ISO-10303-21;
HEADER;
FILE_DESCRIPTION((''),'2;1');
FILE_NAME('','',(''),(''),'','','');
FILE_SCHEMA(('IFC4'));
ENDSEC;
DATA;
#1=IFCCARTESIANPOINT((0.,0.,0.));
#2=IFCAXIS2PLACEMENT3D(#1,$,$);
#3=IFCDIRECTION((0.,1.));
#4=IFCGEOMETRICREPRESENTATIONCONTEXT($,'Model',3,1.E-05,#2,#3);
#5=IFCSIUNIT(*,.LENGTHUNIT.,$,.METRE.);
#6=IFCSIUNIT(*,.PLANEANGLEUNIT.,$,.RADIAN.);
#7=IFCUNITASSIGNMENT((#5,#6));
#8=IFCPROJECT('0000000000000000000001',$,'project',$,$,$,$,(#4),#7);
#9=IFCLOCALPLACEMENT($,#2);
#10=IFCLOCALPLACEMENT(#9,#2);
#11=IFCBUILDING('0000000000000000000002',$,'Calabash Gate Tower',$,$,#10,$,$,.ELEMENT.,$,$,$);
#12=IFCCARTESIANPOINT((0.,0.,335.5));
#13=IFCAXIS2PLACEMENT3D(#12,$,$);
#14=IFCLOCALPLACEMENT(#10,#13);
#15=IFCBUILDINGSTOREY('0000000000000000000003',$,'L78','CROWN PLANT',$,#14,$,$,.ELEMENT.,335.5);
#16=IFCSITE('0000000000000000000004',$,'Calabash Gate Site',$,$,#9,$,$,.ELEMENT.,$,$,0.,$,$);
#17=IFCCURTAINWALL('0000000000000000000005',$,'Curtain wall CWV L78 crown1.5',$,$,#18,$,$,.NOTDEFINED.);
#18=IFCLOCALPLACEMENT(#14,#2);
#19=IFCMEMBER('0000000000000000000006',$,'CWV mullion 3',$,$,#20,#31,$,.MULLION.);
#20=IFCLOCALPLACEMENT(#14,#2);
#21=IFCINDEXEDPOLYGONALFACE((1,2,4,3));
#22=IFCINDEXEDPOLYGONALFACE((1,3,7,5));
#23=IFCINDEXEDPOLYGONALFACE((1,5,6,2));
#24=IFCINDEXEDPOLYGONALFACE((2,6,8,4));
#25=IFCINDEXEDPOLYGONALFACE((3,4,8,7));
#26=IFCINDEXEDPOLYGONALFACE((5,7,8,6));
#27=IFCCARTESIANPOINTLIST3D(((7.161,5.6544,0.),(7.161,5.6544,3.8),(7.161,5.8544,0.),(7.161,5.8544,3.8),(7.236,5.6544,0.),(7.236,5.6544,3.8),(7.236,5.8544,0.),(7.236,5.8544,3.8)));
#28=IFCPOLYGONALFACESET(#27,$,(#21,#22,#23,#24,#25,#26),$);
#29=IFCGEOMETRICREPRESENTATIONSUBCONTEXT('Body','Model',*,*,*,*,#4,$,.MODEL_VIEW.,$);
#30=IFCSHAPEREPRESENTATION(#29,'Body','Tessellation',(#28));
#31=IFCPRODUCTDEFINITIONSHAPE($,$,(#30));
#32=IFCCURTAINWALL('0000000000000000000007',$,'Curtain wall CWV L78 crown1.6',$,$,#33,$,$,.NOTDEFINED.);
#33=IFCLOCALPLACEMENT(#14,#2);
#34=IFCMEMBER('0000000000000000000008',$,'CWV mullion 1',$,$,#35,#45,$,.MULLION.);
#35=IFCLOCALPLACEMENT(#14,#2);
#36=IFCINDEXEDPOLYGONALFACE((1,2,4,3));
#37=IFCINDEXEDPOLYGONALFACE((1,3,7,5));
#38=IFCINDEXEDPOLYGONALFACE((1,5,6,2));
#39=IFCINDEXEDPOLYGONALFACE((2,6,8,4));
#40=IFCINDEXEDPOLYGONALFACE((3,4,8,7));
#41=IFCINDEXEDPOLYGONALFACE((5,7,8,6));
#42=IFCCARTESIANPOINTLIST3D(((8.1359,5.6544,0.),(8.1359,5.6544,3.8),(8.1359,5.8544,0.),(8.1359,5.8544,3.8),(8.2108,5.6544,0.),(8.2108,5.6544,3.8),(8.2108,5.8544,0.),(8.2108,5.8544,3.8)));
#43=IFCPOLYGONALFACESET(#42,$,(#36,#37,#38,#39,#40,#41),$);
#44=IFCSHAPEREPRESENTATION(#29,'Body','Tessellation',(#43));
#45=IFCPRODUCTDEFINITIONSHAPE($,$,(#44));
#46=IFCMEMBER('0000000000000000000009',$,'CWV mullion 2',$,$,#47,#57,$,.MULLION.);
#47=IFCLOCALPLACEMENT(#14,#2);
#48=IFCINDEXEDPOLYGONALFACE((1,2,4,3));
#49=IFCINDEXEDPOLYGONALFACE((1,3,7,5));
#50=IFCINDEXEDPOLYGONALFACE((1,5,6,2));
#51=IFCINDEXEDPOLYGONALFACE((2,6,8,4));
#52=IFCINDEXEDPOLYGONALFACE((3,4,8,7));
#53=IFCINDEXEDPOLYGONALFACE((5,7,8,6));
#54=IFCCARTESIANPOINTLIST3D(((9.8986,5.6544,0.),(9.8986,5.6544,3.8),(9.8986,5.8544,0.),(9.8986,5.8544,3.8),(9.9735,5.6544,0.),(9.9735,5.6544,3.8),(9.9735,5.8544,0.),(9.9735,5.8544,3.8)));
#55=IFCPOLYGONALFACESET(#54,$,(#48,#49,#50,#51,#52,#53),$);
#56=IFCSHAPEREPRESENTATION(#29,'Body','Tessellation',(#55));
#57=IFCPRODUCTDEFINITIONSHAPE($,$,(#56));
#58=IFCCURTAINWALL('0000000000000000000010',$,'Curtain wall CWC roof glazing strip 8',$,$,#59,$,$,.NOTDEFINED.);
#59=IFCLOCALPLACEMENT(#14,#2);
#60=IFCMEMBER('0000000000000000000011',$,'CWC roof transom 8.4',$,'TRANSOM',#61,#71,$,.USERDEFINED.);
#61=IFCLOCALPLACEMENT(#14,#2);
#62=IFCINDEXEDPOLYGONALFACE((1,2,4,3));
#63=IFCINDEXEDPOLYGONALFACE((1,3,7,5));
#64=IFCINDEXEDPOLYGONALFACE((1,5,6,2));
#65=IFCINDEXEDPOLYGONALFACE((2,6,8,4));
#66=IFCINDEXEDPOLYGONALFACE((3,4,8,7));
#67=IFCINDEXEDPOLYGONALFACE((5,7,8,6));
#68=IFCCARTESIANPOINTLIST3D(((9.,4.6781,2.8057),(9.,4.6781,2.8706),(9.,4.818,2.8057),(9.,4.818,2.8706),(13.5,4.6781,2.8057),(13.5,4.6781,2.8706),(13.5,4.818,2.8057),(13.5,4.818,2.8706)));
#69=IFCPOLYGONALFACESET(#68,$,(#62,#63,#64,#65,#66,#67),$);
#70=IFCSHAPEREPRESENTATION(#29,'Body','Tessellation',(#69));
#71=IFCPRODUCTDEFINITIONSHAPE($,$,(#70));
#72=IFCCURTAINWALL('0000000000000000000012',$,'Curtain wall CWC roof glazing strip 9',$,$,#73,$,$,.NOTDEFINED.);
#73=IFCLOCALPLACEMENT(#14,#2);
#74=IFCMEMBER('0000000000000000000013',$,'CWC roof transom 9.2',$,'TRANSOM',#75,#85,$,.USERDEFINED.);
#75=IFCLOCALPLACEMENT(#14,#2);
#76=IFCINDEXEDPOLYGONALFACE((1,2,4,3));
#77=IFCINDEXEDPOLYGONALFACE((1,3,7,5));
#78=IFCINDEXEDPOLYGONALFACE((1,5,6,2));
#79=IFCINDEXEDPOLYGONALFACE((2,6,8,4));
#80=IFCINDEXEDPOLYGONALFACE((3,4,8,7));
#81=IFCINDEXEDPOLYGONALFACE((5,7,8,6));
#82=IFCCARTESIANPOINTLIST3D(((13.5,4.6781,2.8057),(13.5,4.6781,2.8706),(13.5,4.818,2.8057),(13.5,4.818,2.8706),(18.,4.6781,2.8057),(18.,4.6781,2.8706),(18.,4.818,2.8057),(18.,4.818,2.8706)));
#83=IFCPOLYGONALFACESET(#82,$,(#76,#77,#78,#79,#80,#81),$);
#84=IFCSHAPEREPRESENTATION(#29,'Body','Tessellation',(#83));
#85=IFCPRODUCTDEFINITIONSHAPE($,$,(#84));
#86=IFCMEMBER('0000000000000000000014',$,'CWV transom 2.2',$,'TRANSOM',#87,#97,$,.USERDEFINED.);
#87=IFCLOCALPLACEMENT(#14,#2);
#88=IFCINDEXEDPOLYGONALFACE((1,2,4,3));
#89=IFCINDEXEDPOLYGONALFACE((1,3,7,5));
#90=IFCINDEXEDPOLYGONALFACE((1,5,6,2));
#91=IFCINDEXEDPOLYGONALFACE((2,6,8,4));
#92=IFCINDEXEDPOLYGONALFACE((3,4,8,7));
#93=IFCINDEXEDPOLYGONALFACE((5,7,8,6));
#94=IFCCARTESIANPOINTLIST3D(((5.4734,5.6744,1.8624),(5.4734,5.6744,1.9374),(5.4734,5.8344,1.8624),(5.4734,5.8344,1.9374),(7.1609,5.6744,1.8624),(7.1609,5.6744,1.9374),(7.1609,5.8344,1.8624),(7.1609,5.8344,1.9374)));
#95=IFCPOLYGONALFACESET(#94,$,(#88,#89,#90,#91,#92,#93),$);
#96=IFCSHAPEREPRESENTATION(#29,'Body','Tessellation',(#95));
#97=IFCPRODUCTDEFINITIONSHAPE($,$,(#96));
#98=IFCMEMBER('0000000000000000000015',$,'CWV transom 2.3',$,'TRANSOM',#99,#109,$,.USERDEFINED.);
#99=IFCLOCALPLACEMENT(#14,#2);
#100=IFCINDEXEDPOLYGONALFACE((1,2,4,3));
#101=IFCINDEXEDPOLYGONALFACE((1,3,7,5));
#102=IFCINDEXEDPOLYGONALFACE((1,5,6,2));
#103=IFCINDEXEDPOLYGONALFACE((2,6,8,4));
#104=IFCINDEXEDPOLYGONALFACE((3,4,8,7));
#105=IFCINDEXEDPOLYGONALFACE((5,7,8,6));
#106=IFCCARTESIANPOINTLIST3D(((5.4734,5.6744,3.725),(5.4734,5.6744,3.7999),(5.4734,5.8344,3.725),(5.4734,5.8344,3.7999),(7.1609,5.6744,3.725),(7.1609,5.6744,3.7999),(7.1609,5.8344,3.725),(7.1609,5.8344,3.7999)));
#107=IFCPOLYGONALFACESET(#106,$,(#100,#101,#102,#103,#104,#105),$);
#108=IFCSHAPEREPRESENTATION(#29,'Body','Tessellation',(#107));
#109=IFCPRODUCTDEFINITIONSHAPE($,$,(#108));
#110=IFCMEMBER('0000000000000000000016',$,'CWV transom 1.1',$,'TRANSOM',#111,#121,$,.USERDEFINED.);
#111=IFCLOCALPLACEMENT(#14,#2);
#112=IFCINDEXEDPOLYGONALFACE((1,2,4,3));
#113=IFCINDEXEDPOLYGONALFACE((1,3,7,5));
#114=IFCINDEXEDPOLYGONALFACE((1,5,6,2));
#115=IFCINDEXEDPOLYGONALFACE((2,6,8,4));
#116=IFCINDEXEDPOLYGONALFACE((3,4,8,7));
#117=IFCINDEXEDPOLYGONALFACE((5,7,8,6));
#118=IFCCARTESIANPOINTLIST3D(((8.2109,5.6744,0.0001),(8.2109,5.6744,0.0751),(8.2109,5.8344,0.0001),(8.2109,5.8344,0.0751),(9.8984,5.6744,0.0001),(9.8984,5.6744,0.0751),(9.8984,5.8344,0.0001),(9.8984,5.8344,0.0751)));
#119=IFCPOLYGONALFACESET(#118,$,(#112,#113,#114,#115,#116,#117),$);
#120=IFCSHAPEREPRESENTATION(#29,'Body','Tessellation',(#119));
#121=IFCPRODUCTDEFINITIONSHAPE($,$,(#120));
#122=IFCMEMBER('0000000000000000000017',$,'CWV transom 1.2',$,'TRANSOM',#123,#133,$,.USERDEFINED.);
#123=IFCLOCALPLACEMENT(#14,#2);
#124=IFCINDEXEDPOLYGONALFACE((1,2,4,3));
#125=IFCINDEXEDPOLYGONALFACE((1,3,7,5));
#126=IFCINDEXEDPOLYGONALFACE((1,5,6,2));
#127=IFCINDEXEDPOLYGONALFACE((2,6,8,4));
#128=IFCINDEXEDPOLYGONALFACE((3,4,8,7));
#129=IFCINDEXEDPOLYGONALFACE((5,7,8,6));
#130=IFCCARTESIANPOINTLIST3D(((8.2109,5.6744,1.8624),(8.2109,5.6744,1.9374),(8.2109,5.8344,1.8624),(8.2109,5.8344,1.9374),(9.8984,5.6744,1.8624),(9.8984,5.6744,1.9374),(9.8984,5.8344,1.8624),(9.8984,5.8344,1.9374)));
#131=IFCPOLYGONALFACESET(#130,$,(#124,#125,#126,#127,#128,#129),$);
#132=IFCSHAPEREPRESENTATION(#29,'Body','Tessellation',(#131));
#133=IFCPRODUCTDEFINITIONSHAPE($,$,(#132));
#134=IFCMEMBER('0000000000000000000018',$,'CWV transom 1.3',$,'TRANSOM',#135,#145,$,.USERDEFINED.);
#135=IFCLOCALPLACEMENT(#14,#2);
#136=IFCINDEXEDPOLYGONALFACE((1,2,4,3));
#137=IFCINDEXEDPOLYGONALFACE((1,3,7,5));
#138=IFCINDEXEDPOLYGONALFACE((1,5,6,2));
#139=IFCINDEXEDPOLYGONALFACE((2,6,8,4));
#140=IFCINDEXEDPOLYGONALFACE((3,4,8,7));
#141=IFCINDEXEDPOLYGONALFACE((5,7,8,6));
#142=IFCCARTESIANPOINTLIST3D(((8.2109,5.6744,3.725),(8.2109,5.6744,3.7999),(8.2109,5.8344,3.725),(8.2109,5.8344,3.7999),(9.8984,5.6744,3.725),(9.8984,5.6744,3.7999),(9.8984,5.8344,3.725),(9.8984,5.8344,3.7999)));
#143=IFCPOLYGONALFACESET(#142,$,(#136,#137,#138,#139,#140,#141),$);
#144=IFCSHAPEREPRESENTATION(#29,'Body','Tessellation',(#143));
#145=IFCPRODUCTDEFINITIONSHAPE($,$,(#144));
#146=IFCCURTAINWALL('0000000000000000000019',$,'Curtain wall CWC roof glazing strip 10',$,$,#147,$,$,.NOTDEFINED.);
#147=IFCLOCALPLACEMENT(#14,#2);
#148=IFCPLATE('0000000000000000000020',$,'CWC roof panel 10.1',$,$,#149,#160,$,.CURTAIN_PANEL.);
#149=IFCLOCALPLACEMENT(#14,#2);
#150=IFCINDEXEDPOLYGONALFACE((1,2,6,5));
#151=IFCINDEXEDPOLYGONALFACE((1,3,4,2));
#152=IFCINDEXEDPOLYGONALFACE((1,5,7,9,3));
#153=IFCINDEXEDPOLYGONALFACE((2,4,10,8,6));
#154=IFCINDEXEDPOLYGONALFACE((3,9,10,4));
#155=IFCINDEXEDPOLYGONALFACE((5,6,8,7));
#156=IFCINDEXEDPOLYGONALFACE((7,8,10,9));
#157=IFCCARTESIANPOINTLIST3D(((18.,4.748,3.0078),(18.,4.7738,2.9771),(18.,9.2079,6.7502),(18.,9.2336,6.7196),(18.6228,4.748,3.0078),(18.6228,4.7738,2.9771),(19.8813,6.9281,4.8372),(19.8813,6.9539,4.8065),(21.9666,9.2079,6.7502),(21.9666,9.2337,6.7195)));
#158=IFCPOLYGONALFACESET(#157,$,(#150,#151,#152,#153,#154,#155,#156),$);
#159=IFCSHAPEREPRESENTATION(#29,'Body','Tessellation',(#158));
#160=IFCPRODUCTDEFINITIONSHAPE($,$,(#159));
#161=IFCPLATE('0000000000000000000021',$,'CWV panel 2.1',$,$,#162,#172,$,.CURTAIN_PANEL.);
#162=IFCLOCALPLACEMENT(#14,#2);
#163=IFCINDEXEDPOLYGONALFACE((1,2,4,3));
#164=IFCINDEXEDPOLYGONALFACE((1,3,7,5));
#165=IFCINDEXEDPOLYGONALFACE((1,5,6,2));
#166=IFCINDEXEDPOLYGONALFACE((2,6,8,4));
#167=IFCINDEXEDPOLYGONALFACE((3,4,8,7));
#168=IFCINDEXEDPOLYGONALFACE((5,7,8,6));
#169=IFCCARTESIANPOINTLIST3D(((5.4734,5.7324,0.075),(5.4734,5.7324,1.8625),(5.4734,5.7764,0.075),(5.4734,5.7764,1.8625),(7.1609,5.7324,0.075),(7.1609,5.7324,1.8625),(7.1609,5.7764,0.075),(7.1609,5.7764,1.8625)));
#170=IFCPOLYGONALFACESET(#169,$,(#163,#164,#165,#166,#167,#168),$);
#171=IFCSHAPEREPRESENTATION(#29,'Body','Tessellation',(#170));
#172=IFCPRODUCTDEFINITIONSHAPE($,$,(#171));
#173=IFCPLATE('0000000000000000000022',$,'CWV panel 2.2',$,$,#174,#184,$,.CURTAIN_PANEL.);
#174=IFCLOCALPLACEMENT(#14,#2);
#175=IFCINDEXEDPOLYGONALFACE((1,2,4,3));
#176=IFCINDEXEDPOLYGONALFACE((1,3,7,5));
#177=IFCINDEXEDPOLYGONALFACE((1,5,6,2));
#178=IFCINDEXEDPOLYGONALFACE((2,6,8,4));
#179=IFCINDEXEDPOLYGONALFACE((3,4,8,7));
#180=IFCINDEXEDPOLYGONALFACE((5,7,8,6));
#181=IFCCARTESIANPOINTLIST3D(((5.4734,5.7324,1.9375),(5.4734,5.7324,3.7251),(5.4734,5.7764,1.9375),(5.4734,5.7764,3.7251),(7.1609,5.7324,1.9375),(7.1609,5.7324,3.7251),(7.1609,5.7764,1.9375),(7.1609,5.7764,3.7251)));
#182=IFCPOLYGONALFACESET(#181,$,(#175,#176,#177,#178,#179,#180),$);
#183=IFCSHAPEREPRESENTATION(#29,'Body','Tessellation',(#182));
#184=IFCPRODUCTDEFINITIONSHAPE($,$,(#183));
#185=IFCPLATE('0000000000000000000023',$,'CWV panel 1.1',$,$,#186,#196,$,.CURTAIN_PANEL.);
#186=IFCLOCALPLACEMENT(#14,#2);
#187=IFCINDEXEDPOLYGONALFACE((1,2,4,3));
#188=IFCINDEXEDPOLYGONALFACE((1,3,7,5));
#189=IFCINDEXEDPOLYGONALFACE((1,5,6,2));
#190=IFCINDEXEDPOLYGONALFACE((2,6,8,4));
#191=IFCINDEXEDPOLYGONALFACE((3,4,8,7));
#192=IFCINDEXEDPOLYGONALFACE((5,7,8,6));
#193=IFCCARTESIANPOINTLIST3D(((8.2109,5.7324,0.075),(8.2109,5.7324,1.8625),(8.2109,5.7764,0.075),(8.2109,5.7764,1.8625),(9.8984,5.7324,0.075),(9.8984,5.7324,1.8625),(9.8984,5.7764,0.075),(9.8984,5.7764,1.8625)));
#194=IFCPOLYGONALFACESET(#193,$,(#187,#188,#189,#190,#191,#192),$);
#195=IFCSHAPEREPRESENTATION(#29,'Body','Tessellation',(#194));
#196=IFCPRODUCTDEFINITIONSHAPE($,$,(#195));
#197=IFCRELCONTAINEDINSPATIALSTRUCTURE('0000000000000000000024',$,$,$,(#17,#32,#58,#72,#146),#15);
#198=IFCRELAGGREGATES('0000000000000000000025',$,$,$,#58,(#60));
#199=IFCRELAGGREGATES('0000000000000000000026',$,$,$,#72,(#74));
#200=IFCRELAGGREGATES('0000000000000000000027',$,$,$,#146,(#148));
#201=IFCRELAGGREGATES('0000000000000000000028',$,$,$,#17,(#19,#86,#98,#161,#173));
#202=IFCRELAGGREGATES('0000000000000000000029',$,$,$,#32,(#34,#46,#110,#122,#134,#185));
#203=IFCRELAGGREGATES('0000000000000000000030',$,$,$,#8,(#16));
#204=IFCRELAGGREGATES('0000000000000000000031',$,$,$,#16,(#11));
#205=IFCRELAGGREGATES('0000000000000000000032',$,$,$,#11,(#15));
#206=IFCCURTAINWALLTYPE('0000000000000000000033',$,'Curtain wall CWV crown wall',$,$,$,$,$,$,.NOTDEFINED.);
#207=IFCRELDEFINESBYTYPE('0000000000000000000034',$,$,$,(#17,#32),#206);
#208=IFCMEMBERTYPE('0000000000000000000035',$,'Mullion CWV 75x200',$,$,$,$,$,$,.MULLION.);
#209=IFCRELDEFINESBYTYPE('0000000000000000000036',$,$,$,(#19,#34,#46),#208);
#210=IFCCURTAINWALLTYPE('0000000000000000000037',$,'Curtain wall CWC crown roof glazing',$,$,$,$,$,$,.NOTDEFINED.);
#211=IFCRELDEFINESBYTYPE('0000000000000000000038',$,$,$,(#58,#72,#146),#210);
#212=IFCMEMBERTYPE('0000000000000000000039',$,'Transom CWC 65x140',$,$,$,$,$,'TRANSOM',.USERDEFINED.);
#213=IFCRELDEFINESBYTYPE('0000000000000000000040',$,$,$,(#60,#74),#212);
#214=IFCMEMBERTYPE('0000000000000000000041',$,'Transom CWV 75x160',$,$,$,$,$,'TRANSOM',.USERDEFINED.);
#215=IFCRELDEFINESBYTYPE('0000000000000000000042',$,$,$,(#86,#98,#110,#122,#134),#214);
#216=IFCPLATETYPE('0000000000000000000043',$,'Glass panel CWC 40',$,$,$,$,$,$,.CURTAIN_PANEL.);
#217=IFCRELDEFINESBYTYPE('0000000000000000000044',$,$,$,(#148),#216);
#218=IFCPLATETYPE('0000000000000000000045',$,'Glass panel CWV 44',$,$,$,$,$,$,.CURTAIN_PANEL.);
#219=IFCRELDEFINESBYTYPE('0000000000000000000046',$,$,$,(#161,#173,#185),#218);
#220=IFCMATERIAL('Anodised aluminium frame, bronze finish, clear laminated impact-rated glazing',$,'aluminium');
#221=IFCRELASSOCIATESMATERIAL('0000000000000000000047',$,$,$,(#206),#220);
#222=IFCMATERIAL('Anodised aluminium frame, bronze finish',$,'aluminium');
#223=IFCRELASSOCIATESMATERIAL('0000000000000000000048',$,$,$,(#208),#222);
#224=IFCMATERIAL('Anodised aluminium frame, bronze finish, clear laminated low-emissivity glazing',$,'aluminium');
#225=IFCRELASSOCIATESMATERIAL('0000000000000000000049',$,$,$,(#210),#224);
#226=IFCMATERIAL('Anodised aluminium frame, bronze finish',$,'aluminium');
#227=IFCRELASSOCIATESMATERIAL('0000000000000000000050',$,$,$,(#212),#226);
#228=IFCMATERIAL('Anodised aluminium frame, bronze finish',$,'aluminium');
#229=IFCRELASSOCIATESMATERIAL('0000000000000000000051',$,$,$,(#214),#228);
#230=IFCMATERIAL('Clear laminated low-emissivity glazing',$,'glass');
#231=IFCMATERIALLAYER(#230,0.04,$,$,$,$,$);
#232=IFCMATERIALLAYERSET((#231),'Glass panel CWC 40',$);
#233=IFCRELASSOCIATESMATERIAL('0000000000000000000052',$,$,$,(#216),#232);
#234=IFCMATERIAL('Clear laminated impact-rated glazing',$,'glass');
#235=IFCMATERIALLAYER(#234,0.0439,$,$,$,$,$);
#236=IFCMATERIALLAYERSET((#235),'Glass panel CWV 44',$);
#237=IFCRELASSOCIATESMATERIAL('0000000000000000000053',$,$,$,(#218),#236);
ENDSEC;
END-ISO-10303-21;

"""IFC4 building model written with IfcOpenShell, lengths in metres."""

from ifc_helpers import new_model, si_unit, direction, frame, origin, origin_2d, place, context, subcontext, project, spatial, polyline, rectangle, outline, extrude, material, layer, layer_set, material_profile, profile_set, type_object, element, aggregate, save


model = new_model("IFC4")

# Units and contexts
model_context = context("Model", 3, precision=1e-05, world=origin(), true_north=direction((0.0, 1.0)))
body_context = subcontext(model_context, "Body", "Model", "MODEL_VIEW")
ifc_project = project(units=[si_unit("LENGTHUNIT", "METRE"), si_unit("PLANEANGLEUNIT", "RADIAN")], contexts=[model_context])

# Site, building, storey
site_placement = place(None, origin())
site = spatial("IfcSite", under=ifc_project, at=site_placement, Name="Calabash Gate Site", CompositionType="ELEMENT", RefElevation=0.0)
building_placement = place(site_placement, origin())
building = spatial("IfcBuilding", under=site, at=building_placement, Name="Calabash Gate Tower", CompositionType="ELEMENT")
storey_placement = place(building_placement, frame((0.0, 0.0, 335.5)))
storey = spatial("IfcBuildingStorey", under=building, at=storey_placement, Name="L78", Description="CROWN PLANT", CompositionType="ELEMENT", Elevation=335.5)

# Curtain wall, member
ifc_material_1 = material(Name="Anodised aluminium frame, bronze finish, clear laminated impact-rated glazing", Category="aluminium")
curtain_wall_type_1 = type_object("IfcCurtainWallType", Name="Curtain wall CWV crown wall", PredefinedType="NOTDEFINED", material=ifc_material_1)
curtain_wall_1_placement = place(storey_placement, origin())
curtain_wall_1 = element("IfcCurtainWall", 1, at=curtain_wall_1_placement, inside=storey, type_object=curtain_wall_type_1, Name="Curtain wall CWV L78 crown1.5", PredefinedType="NOTDEFINED")
ifc_material_2 = material(Name="Anodised aluminium frame, bronze finish", Category="aluminium")
ifc_material_profile_1 = material_profile(ifc_material_2, rectangle(XDim=0.2, YDim=0.075, at=origin_2d()))
ifc_profile_set_1 = profile_set([ifc_material_profile_1], Name="Anodised aluminium frame, bronze finish")
member_type_1 = type_object("IfcMemberType", Name="Mullion CWV 75x200", PredefinedType="MULLION", material=ifc_profile_set_1)
member_1_placement = place(storey_placement, frame((7.1985, 5.7544, 0.0), z_axis=(0.0, 0.0, 1.0), x_axis=(0.0, 1.0, 0.0)))
member_1 = element("IfcMember", 2, at=member_1_placement, type_object=member_type_1, Name="CWV mullion 3", PredefinedType="MULLION", context=body_context, shape_type="SweptSolid", body=[
    extrude(rectangle(XDim=0.2, YDim=0.075, at=origin_2d()), origin(), (0.0, 0.0, 1.0), 3.8),
])

# Curtain wall, members
curtain_wall_2_placement = place(storey_placement, origin())
curtain_wall_2 = element("IfcCurtainWall", 3, at=curtain_wall_2_placement, inside=storey, type_object=curtain_wall_type_1, Name="Curtain wall CWV L78 crown1.6", PredefinedType="NOTDEFINED")
member_2_placement = place(storey_placement, frame((8.1733, 5.7544, 0.0), z_axis=(0.0, 0.0, 1.0), x_axis=(0.0, 1.0, 0.0)))
member_2 = element("IfcMember", 4, at=member_2_placement, type_object=member_type_1, Name="CWV mullion 1", PredefinedType="MULLION", context=body_context, shape_type="SweptSolid", body=[
    extrude(rectangle(XDim=0.2, YDim=0.075, at=origin_2d()), origin(), (0.0, 0.0, 1.0), 3.8),
])
member_3_placement = place(storey_placement, frame((9.936, 5.7544, 0.0), z_axis=(0.0, 0.0, 1.0), x_axis=(0.0, 1.0, 0.0)))
member_3 = element("IfcMember", 5, at=member_3_placement, type_object=member_type_1, Name="CWV mullion 2", PredefinedType="MULLION", context=body_context, shape_type="SweptSolid", body=[
    extrude(rectangle(XDim=0.2, YDim=0.075, at=origin_2d()), origin(), (0.0, 0.0, 1.0), 3.8),
])

# Curtain walls, members
ifc_material_3 = material(Name="Anodised aluminium frame, bronze finish, clear laminated low-emissivity glazing", Category="aluminium")
curtain_wall_type_2 = type_object("IfcCurtainWallType", Name="Curtain wall CWC crown roof glazing", PredefinedType="NOTDEFINED", material=ifc_material_3)
curtain_wall_3_placement = place(storey_placement, origin())
curtain_wall_3 = element("IfcCurtainWall", 6, at=curtain_wall_3_placement, inside=storey, type_object=curtain_wall_type_2, Name="Curtain wall CWC roof glazing strip 8", PredefinedType="NOTDEFINED")
ifc_material_4 = material(Name="Anodised aluminium frame, bronze finish", Category="aluminium")
ifc_material_profile_2 = material_profile(ifc_material_4, rectangle(XDim=0.1399, YDim=0.0649, at=origin_2d()))
ifc_profile_set_2 = profile_set([ifc_material_profile_2], Name="Anodised aluminium frame, bronze finish")
member_type_2 = type_object("IfcMemberType", Name="Transom CWC 65x140", ElementType="TRANSOM", PredefinedType="USERDEFINED", material=ifc_profile_set_2)
member_4_placement = place(storey_placement, frame((9.0, 4.748, 2.8381), z_axis=(1.0, 0.0, 0.0), x_axis=(0.0, 1.0, 0.0)))
member_4 = element("IfcMember", 7, at=member_4_placement, type_object=member_type_2, Name="CWC roof transom 8.4", ObjectType="TRANSOM", PredefinedType="USERDEFINED", context=body_context, shape_type="SweptSolid", body=[
    extrude(rectangle(XDim=0.1399, YDim=0.0649, at=origin_2d()), origin(), (0.0, 0.0, 1.0), 4.5),
])
aggregate(curtain_wall_3, [member_4])
curtain_wall_4_placement = place(storey_placement, origin())
curtain_wall_4 = element("IfcCurtainWall", 8, at=curtain_wall_4_placement, inside=storey, type_object=curtain_wall_type_2, Name="Curtain wall CWC roof glazing strip 9", PredefinedType="NOTDEFINED")
member_5_placement = place(storey_placement, frame((13.5, 4.748, 2.8381), z_axis=(1.0, 0.0, 0.0), x_axis=(0.0, 1.0, 0.0)))
member_5 = element("IfcMember", 9, at=member_5_placement, type_object=member_type_2, Name="CWC roof transom 9.2", ObjectType="TRANSOM", PredefinedType="USERDEFINED", context=body_context, shape_type="SweptSolid", body=[
    extrude(rectangle(XDim=0.1399, YDim=0.0649, at=origin_2d()), origin(), (0.0, 0.0, 1.0), 4.5),
])
aggregate(curtain_wall_4, [member_5])

# Members
ifc_material_5 = material(Name="Anodised aluminium frame, bronze finish", Category="aluminium")
ifc_material_profile_3 = material_profile(ifc_material_5, rectangle(XDim=0.1599, YDim=0.075, at=origin_2d()))
ifc_profile_set_3 = profile_set([ifc_material_profile_3], Name="Anodised aluminium frame, bronze finish")
member_type_3 = type_object("IfcMemberType", Name="Transom CWV 75x160", ElementType="TRANSOM", PredefinedType="USERDEFINED", material=ifc_profile_set_3)
member_6_placement = place(storey_placement, frame((5.4734, 5.7544, 1.8999), z_axis=(1.0, 0.0, 0.0), x_axis=(0.0, 1.0, 0.0)))
member_6 = element("IfcMember", 10, at=member_6_placement, type_object=member_type_3, Name="CWV transom 2.2", ObjectType="TRANSOM", PredefinedType="USERDEFINED", context=body_context, shape_type="SweptSolid", body=[
    extrude(rectangle(XDim=0.1599, YDim=0.075, at=origin_2d()), origin(), (0.0, 0.0, 1.0), 1.6875),
])
member_7_placement = place(storey_placement, frame((5.4734, 5.7544, 3.7625), z_axis=(1.0, 0.0, 0.0), x_axis=(0.0, 1.0, 0.0)))
member_7 = element("IfcMember", 11, at=member_7_placement, type_object=member_type_3, Name="CWV transom 2.3", ObjectType="TRANSOM", PredefinedType="USERDEFINED", context=body_context, shape_type="SweptSolid", body=[
    extrude(rectangle(XDim=0.1599, YDim=0.075, at=origin_2d()), origin(), (0.0, 0.0, 1.0), 1.6875),
])
member_8_placement = place(storey_placement, frame((8.2109, 5.7544, 0.0376), z_axis=(1.0, 0.0, 0.0), x_axis=(0.0, 1.0, 0.0)))
member_8 = element("IfcMember", 12, at=member_8_placement, type_object=member_type_3, Name="CWV transom 1.1", ObjectType="TRANSOM", PredefinedType="USERDEFINED", context=body_context, shape_type="SweptSolid", body=[
    extrude(rectangle(XDim=0.1599, YDim=0.075, at=origin_2d()), origin(), (0.0, 0.0, 1.0), 1.6875),
])
member_9_placement = place(storey_placement, frame((8.2109, 5.7544, 1.8999), z_axis=(1.0, 0.0, 0.0), x_axis=(0.0, 1.0, 0.0)))
member_9 = element("IfcMember", 13, at=member_9_placement, type_object=member_type_3, Name="CWV transom 1.2", ObjectType="TRANSOM", PredefinedType="USERDEFINED", context=body_context, shape_type="SweptSolid", body=[
    extrude(rectangle(XDim=0.1599, YDim=0.075, at=origin_2d()), origin(), (0.0, 0.0, 1.0), 1.6875),
])
member_10_placement = place(storey_placement, frame((8.2109, 5.7544, 3.7625), z_axis=(1.0, 0.0, 0.0), x_axis=(0.0, 1.0, 0.0)))
member_10 = element("IfcMember", 14, at=member_10_placement, type_object=member_type_3, Name="CWV transom 1.3", ObjectType="TRANSOM", PredefinedType="USERDEFINED", context=body_context, shape_type="SweptSolid", body=[
    extrude(rectangle(XDim=0.1599, YDim=0.075, at=origin_2d()), origin(), (0.0, 0.0, 1.0), 1.6875),
])

# Curtain wall, plate
curtain_wall_5_placement = place(storey_placement, origin())
curtain_wall_5 = element("IfcCurtainWall", 15, at=curtain_wall_5_placement, inside=storey, type_object=curtain_wall_type_2, Name="Curtain wall CWC roof glazing strip 10", PredefinedType="NOTDEFINED")
ifc_material_6 = material(Name="Clear laminated low-emissivity glazing", Category="glass")
ifc_layer_1 = layer(ifc_material_6, 0.04)
ifc_layer_set_1 = layer_set([ifc_layer_1], Name="Glass panel CWC 40")
plate_type_1 = type_object("IfcPlateType", Name="Glass panel CWC 40", PredefinedType="CURTAIN_PANEL", material=ifc_layer_set_1)
plate_1_placement = place(storey_placement, frame((18.6228, 4.748, 3.0078), z_axis=(0.000014, -0.642802, 0.766032), x_axis=(-1.0, -0.000009, 0.000011)))
plate_1 = element("IfcPlate", 16, at=plate_1_placement, type_object=plate_type_1, Name="CWC roof panel 10.1", PredefinedType="CURTAIN_PANEL", context=body_context, shape_type="SweptSolid", body=[
    extrude(outline(polyline([(0.0, 0.0), (0.6228, 0.0), (0.6228, -5.822), (-3.3438, -5.822), (-1.2585, -2.8459), (0.0, 0.0)])), origin(), (0.0, 0.0, -1.0), 0.04),
])
aggregate(curtain_wall_5, [plate_1])

# Plates
ifc_material_7 = material(Name="Clear laminated impact-rated glazing", Category="glass")
ifc_layer_2 = layer(ifc_material_7, 0.0439)
ifc_layer_set_2 = layer_set([ifc_layer_2], Name="Glass panel CWV 44")
plate_type_2 = type_object("IfcPlateType", Name="Glass panel CWV 44", PredefinedType="CURTAIN_PANEL", material=ifc_layer_set_2)
plate_2_placement = place(storey_placement, frame((6.3171, 5.7544, 0.075), z_axis=(0.0, 0.0, 1.0), x_axis=(1.0, 0.0, 0.0)))
plate_2 = element("IfcPlate", 17, at=plate_2_placement, type_object=plate_type_2, Name="CWV panel 2.1", PredefinedType="CURTAIN_PANEL", context=body_context, shape_type="SweptSolid", body=[
    extrude(rectangle(XDim=1.6875, YDim=0.0439, at=origin_2d()), origin(), (0.0, 0.0, 1.0), 1.7876),
])
plate_3_placement = place(storey_placement, frame((6.3171, 5.7544, 1.9375), z_axis=(0.0, 0.0, 1.0), x_axis=(1.0, 0.0, 0.0)))
plate_3 = element("IfcPlate", 18, at=plate_3_placement, type_object=plate_type_2, Name="CWV panel 2.2", PredefinedType="CURTAIN_PANEL", context=body_context, shape_type="SweptSolid", body=[
    extrude(rectangle(XDim=1.6875, YDim=0.0439, at=origin_2d()), origin(), (0.0, 0.0, 1.0), 1.7876),
])
aggregate(curtain_wall_1, [member_1, member_6, member_7, plate_2, plate_3])
plate_4_placement = place(storey_placement, frame((9.0547, 5.7544, 0.075), z_axis=(0.0, 0.0, 1.0), x_axis=(1.0, 0.0, 0.0)))
plate_4 = element("IfcPlate", 19, at=plate_4_placement, type_object=plate_type_2, Name="CWV panel 1.1", PredefinedType="CURTAIN_PANEL", context=body_context, shape_type="SweptSolid", body=[
    extrude(rectangle(XDim=1.6875, YDim=0.0439, at=origin_2d()), origin(), (0.0, 0.0, 1.0), 1.7876),
])
aggregate(curtain_wall_2, [member_2, member_3, member_8, member_9, member_10, plate_4])

save(model, "model.ifc")
